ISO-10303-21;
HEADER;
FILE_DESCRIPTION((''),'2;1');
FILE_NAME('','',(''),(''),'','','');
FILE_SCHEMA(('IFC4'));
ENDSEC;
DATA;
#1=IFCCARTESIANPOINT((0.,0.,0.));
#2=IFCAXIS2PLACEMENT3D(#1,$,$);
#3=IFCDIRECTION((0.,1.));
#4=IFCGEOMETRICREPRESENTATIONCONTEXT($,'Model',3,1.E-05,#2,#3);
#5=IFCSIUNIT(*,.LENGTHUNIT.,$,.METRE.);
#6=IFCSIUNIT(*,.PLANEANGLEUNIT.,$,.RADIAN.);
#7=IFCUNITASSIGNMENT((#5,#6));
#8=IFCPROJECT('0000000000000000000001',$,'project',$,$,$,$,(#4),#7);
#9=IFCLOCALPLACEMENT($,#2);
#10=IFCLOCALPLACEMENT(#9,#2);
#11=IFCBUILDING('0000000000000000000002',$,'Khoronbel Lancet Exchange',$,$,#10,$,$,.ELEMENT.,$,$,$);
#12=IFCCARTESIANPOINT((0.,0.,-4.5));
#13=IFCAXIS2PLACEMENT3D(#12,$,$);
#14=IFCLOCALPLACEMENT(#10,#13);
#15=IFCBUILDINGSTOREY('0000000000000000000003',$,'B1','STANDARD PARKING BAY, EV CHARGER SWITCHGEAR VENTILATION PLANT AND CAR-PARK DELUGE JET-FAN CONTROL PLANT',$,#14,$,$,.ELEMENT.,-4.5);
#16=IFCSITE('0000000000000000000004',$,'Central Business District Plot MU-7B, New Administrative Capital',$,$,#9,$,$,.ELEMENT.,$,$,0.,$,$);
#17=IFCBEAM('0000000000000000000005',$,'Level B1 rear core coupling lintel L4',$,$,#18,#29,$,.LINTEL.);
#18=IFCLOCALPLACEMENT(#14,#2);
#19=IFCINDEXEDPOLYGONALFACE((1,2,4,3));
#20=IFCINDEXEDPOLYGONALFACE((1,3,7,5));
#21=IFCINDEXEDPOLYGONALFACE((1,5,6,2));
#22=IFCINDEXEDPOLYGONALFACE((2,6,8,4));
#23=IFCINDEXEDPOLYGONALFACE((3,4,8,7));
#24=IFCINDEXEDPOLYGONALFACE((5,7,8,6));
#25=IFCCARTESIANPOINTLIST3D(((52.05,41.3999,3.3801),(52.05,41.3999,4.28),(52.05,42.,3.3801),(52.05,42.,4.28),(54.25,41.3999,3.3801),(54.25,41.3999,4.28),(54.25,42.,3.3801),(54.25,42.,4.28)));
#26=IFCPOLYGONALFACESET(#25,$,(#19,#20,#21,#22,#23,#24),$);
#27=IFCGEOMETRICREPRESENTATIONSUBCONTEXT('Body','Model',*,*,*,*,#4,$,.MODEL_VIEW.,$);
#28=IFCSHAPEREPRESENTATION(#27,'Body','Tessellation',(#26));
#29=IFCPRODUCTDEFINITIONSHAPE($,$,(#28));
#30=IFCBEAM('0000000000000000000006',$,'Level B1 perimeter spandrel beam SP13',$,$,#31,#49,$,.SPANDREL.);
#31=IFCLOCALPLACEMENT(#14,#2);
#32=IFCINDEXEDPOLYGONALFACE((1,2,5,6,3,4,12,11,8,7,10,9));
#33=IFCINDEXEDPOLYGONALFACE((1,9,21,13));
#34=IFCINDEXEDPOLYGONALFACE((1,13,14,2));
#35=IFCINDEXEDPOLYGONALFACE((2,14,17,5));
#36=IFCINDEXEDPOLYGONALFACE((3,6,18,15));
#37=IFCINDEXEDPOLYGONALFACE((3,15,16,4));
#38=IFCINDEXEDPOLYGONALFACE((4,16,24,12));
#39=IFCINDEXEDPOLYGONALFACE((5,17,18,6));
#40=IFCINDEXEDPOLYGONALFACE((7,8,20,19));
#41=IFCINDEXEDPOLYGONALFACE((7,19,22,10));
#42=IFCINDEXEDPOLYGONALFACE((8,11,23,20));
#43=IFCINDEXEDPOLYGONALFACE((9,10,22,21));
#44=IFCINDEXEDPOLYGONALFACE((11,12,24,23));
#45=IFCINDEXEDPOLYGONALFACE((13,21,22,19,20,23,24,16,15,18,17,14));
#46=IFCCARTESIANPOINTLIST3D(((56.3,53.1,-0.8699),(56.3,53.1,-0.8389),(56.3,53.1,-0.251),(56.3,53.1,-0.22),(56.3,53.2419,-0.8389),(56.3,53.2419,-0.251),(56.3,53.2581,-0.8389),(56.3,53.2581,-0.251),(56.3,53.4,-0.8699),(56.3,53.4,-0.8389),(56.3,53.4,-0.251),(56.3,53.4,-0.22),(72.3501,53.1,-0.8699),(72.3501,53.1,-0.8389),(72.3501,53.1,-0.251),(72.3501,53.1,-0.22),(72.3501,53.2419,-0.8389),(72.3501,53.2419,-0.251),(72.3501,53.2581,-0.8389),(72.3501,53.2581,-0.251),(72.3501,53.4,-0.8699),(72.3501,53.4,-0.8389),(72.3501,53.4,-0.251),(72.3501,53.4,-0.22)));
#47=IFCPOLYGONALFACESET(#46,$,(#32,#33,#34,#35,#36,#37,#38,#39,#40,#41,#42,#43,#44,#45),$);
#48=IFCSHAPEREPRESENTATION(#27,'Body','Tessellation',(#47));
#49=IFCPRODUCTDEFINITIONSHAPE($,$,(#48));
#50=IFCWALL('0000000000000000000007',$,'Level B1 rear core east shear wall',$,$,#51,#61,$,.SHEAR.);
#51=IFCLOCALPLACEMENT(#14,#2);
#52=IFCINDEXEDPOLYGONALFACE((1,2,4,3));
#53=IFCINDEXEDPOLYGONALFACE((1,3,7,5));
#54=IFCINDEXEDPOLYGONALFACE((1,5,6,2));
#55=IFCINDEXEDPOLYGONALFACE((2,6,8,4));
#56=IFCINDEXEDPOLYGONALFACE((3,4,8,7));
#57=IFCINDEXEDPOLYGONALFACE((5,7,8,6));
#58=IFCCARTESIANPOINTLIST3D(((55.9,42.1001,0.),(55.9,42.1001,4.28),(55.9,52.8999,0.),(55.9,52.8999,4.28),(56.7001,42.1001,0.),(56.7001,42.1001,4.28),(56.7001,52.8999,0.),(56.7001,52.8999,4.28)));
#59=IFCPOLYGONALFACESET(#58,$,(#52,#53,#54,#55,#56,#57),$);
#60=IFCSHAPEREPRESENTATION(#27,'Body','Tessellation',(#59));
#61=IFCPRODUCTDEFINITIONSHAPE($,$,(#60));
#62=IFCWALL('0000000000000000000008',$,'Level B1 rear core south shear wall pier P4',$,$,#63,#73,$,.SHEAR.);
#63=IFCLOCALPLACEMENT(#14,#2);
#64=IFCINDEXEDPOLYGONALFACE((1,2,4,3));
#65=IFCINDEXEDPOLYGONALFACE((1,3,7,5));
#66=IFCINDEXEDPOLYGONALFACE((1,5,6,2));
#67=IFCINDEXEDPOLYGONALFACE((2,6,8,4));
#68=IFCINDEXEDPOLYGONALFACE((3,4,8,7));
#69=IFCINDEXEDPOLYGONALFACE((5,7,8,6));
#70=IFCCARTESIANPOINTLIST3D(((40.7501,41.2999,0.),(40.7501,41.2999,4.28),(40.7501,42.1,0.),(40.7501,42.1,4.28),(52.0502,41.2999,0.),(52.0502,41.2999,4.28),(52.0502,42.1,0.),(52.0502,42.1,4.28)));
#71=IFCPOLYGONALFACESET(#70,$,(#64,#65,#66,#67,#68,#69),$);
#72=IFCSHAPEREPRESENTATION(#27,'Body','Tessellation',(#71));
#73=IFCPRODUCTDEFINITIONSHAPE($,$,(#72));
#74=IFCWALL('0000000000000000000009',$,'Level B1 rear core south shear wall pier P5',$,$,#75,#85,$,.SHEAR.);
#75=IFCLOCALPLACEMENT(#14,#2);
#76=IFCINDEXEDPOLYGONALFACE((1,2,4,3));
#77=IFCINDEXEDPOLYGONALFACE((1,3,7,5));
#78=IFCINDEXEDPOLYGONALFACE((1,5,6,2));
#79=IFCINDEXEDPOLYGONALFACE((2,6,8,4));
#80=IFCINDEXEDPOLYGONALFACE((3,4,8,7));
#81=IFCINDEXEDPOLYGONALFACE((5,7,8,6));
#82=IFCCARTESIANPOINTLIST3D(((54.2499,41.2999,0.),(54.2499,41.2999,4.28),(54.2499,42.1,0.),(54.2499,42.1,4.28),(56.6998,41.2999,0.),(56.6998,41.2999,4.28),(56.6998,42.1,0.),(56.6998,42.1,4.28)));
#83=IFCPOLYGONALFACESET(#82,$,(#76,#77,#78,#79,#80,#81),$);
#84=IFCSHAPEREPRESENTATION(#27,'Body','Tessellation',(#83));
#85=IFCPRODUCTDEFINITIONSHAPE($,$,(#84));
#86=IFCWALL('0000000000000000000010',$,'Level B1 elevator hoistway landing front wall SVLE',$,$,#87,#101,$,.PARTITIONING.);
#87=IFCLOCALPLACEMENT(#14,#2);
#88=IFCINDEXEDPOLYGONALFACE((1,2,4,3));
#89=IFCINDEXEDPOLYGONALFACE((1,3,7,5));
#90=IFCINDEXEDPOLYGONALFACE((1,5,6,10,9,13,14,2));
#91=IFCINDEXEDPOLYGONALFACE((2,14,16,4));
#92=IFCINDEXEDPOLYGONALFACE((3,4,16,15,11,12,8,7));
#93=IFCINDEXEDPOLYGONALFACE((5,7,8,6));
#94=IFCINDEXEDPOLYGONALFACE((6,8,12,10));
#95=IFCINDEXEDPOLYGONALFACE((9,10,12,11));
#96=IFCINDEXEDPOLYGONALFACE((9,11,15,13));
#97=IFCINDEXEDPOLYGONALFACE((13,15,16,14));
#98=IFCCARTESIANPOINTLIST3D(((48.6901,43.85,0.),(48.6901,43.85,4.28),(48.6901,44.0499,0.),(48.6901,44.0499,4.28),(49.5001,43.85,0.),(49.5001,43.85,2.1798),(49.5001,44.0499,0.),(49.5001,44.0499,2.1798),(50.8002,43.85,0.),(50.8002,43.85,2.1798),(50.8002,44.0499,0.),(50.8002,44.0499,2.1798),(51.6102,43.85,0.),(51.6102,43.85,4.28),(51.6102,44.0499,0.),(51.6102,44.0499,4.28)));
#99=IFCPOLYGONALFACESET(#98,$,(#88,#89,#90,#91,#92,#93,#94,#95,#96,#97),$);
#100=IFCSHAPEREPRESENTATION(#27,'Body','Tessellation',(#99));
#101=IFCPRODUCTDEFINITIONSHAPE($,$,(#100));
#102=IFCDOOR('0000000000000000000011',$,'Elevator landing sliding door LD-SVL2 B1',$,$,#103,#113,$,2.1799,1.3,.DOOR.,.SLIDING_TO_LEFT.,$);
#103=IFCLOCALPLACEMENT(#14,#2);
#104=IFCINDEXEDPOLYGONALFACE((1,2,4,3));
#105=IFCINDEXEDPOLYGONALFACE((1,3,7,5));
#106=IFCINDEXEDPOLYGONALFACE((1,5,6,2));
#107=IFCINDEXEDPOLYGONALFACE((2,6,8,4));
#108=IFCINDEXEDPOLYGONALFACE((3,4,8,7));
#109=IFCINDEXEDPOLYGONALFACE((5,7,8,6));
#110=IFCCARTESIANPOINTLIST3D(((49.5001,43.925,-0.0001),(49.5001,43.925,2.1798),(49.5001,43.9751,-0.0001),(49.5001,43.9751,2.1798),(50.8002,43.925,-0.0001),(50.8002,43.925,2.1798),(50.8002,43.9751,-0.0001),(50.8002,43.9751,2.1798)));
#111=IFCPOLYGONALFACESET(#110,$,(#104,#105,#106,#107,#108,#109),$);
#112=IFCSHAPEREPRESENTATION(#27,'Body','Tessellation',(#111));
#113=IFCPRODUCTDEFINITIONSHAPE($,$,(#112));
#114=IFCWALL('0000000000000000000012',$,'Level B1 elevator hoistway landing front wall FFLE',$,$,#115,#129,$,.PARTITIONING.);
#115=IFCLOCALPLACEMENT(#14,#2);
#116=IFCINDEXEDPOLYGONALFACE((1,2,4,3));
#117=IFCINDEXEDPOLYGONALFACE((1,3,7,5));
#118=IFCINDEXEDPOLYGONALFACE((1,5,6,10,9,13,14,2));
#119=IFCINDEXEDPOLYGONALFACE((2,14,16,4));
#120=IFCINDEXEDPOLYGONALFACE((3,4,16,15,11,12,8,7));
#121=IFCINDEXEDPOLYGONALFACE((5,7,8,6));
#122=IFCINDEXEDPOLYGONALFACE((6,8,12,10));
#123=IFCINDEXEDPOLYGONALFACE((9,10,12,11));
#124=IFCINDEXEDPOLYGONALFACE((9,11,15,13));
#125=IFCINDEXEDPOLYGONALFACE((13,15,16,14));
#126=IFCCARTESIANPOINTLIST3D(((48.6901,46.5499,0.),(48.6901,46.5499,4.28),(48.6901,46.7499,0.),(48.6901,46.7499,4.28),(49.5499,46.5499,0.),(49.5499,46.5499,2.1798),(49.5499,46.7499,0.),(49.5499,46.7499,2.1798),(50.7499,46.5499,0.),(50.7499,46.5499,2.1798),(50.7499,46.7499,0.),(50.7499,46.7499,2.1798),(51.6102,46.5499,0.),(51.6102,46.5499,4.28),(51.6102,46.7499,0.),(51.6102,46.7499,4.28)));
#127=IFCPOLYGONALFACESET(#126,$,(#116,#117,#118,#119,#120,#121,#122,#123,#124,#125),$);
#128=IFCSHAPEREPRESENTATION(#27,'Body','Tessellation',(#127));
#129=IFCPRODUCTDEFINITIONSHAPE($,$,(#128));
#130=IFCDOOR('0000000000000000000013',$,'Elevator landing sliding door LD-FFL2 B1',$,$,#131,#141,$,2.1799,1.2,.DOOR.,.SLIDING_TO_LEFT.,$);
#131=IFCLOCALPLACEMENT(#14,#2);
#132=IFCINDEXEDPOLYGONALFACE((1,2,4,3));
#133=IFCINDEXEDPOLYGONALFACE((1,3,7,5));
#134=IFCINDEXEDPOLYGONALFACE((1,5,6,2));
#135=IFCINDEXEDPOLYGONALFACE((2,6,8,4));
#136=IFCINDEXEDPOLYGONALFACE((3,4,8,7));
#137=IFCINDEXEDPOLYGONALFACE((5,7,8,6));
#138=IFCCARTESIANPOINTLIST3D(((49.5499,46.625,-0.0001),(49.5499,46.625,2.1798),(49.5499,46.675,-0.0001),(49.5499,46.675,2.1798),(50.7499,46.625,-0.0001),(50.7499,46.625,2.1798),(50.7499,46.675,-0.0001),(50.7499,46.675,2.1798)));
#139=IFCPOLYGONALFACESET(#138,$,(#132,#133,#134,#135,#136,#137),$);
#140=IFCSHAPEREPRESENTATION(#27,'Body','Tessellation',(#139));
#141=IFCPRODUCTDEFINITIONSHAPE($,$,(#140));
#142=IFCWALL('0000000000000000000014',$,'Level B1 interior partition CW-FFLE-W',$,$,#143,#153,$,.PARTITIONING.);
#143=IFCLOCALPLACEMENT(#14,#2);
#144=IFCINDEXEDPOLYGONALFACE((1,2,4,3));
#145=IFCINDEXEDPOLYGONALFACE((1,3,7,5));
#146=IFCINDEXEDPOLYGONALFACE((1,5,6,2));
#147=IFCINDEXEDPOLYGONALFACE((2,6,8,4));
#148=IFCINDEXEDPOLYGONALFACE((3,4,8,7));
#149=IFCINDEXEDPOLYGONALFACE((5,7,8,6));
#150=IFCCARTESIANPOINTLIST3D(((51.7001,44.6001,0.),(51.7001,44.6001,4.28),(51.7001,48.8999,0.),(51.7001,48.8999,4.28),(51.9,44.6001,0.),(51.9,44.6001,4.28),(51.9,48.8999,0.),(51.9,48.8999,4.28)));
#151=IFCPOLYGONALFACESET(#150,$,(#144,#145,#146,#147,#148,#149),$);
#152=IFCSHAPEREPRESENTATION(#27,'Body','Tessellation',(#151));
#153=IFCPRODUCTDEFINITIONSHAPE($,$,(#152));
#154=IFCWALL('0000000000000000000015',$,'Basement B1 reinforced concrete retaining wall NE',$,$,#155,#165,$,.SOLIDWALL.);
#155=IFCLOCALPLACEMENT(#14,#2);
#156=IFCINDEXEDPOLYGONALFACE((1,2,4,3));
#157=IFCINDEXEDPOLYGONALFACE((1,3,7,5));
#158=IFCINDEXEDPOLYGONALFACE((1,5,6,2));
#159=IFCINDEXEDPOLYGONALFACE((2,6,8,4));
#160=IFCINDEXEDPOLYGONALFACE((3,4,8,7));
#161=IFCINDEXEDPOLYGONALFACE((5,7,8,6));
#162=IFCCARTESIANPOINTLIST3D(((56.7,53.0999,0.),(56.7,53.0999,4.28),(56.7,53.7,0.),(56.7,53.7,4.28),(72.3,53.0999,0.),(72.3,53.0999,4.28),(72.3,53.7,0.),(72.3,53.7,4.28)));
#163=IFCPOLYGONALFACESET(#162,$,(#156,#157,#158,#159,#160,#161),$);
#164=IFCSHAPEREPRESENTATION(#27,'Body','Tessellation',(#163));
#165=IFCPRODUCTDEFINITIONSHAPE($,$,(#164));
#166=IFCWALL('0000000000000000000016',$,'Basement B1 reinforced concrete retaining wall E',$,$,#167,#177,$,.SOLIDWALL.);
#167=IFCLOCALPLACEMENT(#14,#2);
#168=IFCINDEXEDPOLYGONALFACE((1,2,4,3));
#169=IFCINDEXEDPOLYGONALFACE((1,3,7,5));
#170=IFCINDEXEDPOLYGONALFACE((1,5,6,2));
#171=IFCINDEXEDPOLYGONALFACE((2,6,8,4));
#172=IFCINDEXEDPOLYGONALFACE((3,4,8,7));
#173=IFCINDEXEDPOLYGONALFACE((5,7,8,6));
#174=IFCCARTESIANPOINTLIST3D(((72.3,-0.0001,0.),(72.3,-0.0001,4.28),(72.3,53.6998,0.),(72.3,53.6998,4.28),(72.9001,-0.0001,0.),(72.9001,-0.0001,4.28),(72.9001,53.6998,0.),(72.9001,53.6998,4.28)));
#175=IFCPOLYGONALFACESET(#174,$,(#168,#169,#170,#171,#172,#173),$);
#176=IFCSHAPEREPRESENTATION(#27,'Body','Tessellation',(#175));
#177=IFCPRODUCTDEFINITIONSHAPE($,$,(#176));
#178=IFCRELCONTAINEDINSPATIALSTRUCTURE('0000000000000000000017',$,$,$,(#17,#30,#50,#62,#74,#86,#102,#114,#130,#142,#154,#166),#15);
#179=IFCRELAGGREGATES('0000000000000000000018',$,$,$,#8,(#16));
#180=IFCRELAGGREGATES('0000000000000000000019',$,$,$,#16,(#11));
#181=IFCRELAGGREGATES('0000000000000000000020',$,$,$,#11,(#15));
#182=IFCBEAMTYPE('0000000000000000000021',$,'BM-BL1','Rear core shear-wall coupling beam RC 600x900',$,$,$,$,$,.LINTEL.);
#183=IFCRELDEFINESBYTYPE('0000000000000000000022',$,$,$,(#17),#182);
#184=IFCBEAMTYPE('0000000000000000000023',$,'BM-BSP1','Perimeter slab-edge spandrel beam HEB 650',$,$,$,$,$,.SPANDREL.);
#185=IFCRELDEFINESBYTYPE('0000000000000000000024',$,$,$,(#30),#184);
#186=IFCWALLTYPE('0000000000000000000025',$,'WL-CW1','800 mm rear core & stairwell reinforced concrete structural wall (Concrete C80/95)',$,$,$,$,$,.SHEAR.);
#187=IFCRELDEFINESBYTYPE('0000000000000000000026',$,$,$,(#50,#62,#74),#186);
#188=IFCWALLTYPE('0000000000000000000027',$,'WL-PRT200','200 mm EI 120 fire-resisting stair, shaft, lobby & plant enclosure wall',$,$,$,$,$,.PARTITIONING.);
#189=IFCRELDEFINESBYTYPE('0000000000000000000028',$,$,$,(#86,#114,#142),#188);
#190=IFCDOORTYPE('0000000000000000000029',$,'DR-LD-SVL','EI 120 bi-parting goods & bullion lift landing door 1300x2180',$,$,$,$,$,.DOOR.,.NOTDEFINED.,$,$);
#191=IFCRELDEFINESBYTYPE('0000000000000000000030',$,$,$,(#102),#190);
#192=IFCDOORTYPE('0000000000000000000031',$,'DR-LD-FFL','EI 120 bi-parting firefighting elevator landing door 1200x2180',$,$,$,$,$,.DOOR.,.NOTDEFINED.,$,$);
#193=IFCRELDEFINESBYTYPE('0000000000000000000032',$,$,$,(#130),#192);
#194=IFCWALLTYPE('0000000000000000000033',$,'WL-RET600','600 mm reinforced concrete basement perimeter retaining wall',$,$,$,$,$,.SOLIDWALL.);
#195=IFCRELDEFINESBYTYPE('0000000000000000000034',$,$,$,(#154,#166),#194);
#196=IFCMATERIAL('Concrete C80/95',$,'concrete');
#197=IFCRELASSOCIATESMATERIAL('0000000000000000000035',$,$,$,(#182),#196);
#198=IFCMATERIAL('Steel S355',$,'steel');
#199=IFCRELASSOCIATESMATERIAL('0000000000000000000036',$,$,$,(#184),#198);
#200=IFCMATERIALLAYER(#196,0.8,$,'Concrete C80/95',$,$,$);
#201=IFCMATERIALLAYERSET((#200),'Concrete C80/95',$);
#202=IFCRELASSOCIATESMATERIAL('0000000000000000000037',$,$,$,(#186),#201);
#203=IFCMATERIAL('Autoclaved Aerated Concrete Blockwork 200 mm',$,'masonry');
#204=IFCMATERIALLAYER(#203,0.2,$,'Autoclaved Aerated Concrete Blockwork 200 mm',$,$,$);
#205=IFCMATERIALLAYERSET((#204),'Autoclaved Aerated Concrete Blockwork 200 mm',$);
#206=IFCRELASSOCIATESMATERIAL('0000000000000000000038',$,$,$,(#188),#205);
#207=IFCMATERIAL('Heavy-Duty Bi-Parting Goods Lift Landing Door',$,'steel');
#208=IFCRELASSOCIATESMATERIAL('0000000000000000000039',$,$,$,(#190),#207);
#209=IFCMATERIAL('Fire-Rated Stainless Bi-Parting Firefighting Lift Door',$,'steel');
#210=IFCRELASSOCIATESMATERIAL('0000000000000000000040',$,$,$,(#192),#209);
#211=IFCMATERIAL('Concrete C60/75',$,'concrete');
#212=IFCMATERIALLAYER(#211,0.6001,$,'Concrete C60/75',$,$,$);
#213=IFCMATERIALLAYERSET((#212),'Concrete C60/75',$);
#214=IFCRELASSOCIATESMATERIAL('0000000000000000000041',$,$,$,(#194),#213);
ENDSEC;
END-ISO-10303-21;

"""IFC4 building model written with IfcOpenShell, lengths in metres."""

from ifc_helpers import new_model, si_unit, direction, frame, frame_2d, origin, origin_2d, place, context, subcontext, project, spatial, rectangle, i_section, extrude, material, layer, layer_set, material_profile, profile_set, type_object, element, fill, save


model = new_model("IFC4")

# Units and contexts
model_context = context("Model", 3, precision=1e-05, world=origin(), true_north=direction((0.0, 1.0)))
body_context = subcontext(model_context, "Body", "Model", "MODEL_VIEW")
ifc_project = project(units=[si_unit("LENGTHUNIT", "METRE"), si_unit("PLANEANGLEUNIT", "RADIAN")], contexts=[model_context])

# Site, building, storey
site_placement = place(None, origin())
site = spatial("IfcSite", under=ifc_project, at=site_placement, Name="Central Business District Plot MU-7B, New Administrative Capital", CompositionType="ELEMENT", RefElevation=0.0)
building_placement = place(site_placement, origin())
building = spatial("IfcBuilding", under=site, at=building_placement, Name="Khoronbel Lancet Exchange", CompositionType="ELEMENT")
storey_placement = place(building_placement, frame((0.0, 0.0, -4.5)))
storey = spatial("IfcBuildingStorey", under=building, at=storey_placement, Name="B1", Description="STANDARD PARKING BAY, EV CHARGER SWITCHGEAR VENTILATION PLANT AND CAR-PARK DELUGE JET-FAN CONTROL PLANT", CompositionType="ELEMENT", Elevation=-4.5)

# Shared definitions
ifc_material_1 = material(Name="Steel S355", Category="steel")
ifc_material_2 = material(Name="Concrete C60/75", Category="concrete")

# Beams
ifc_material_3 = material(Name="Concrete C80/95", Category="concrete")
ifc_material_profile_1 = material_profile(ifc_material_3, rectangle(XDim=0.6001, YDim=0.8999, at=origin_2d()), Name="RC 600x900")
ifc_profile_set_1 = profile_set([ifc_material_profile_1], Name="Concrete C80/95")
beam_type_1 = type_object("IfcBeamType", Name="BM-BL1", Description="Rear core shear-wall coupling beam RC 600x900", PredefinedType="LINTEL", material=ifc_profile_set_1)
beam_1_placement = place(storey_placement, frame((52.05, 41.7, 3.8301), z_axis=(1.0, 0.0, 0.0), x_axis=(0.0, 1.0, 0.0)))
element("IfcBeam", 1, at=beam_1_placement, inside=storey, type_object=beam_type_1, Name="Level B1 rear core coupling lintel L4", PredefinedType="LINTEL", context=body_context, shape_type="SweptSolid", body=[
    extrude(rectangle(XDim=0.6001, YDim=0.8999, at=origin_2d()), origin(), (0.0, 0.0, 1.0), 2.2),
])
ifc_material_profile_2 = material_profile(ifc_material_1, i_section(OverallWidth=0.3, OverallDepth=0.6499, WebThickness=0.0161, FlangeThickness=0.031, at=origin_2d()), Name="HEB 650")
ifc_profile_set_2 = profile_set([ifc_material_profile_2], Name="Steel S355")
beam_type_2 = type_object("IfcBeamType", Name="BM-BSP1", Description="Perimeter slab-edge spandrel beam HEB 650", PredefinedType="SPANDREL", material=ifc_profile_set_2)
beam_2_placement = place(storey_placement, frame((72.3501, 53.25, -0.5449), z_axis=(-1.0, 0.0, 0.0), x_axis=(0.0, -1.0, 0.0)))
element("IfcBeam", 2, at=beam_2_placement, inside=storey, type_object=beam_type_2, Name="Level B1 perimeter spandrel beam SP13", PredefinedType="SPANDREL", context=body_context, shape_type="SweptSolid", body=[
    extrude(i_section(OverallWidth=0.3, OverallDepth=0.6499, WebThickness=0.0161, FlangeThickness=0.031, at=origin_2d()), origin(), (0.0, 0.0, 1.0), 16.05),
])

# Walls
ifc_layer_1 = layer(ifc_material_3, 0.8, Name="Concrete C80/95")
ifc_layer_set_1 = layer_set([ifc_layer_1], Name="Concrete C80/95")
wall_type_1 = type_object("IfcWallType", Name="WL-CW1", Description="800 mm rear core & stairwell reinforced concrete structural wall (Concrete C80/95)", PredefinedType="SHEAR", material=ifc_layer_set_1)
wall_1_placement = place(storey_placement, frame((56.3, 52.8999, 0.0), z_axis=(0.0, 0.0, 1.0), x_axis=(0.0, -1.0, 0.0)))
element("IfcWall", 3, at=wall_1_placement, inside=storey, type_object=wall_type_1, Name="Level B1 rear core east shear wall", PredefinedType="SHEAR", context=body_context, shape_type="SweptSolid", body=[
    extrude(rectangle(XDim=10.7998, YDim=0.8, at=frame_2d((5.3999, 0.0))), origin(), (0.0, 0.0, 1.0), 4.28),
])
wall_2_placement = place(storey_placement, frame((52.05, 41.7, 0.0), z_axis=(0.0, 0.0, 1.0), x_axis=(-1.0, 0.0, 0.0)))
element("IfcWall", 4, at=wall_2_placement, inside=storey, type_object=wall_type_1, Name="Level B1 rear core south shear wall pier P4", PredefinedType="SHEAR", context=body_context, shape_type="SweptSolid", body=[
    extrude(rectangle(XDim=11.3, YDim=0.8, at=frame_2d((5.6499, 0.0))), origin(), (0.0, 0.0, 1.0), 4.28),
])
wall_3_placement = place(storey_placement, frame((56.7, 41.7, 0.0), z_axis=(0.0, 0.0, 1.0), x_axis=(-1.0, 0.0, 0.0)))
element("IfcWall", 5, at=wall_3_placement, inside=storey, type_object=wall_type_1, Name="Level B1 rear core south shear wall pier P5", PredefinedType="SHEAR", context=body_context, shape_type="SweptSolid", body=[
    extrude(rectangle(XDim=2.45, YDim=0.8, at=frame_2d((1.2251, 0.0))), origin(), (0.0, 0.0, 1.0), 4.28),
])

# Walls, openings, doors
ifc_material_4 = material(Name="Autoclaved Aerated Concrete Blockwork 200 mm", Category="masonry")
ifc_layer_2 = layer(ifc_material_4, 0.2, Name="Autoclaved Aerated Concrete Blockwork 200 mm")
ifc_layer_set_2 = layer_set([ifc_layer_2], Name="Autoclaved Aerated Concrete Blockwork 200 mm")
wall_type_2 = type_object("IfcWallType", Name="WL-PRT200", Description="200 mm EI 120 fire-resisting stair, shaft, lobby & plant enclosure wall", PredefinedType="PARTITIONING", material=ifc_layer_set_2)
wall_4_placement = place(storey_placement, frame((51.6101, 43.95, 0.0), z_axis=(0.0, 0.0, 1.0), x_axis=(-1.0, 0.0, 0.0)))
wall_4 = element("IfcWall", 6, at=wall_4_placement, inside=storey, type_object=wall_type_2, Name="Level B1 elevator hoistway landing front wall SVLE", PredefinedType="PARTITIONING", context=body_context, shape_type="SweptSolid", body=[
    extrude(rectangle(XDim=2.9202, YDim=0.2, at=frame_2d((1.46, 0.0))), origin(), (0.0, 0.0, 1.0), 4.28),
])
opening_1_placement = place(wall_4_placement, frame((0.8101, 0.0, 0.0)))
opening_1 = element("IfcOpeningElement", 7, at=opening_1_placement, cuts=wall_4, PredefinedType="OPENING", context=body_context, shape_type="SweptSolid", body=[
    extrude(rectangle(XDim=1.3, YDim=2.1799, at=frame_2d((0.6499, 1.0898))), frame((0.0, 0.1099, 0.0), z_axis=(0.0, -1.0, 0.0), x_axis=(1.0, 0.0, 0.0)), (0.0, 0.0, 1.0), 0.22),
])
ifc_material_5 = material(Name="Heavy-Duty Bi-Parting Goods Lift Landing Door", Category="steel")
door_type_1 = type_object("IfcDoorType", Name="DR-LD-SVL", Description="EI 120 bi-parting goods & bullion lift landing door 1300x2180", OperationType="NOTDEFINED", PredefinedType="DOOR", material=ifc_material_5)
door_1_placement = place(opening_1_placement, origin())
door_1 = element("IfcDoor", 8, at=door_1_placement, inside=storey, type_object=door_type_1, Name="Elevator landing sliding door LD-SVL2 B1", OperationType="SLIDING_TO_LEFT", OverallHeight=2.1799, OverallWidth=1.3, PredefinedType="DOOR", context=body_context, shape_type="SweptSolid", body=[
    extrude(rectangle(XDim=1.3, YDim=2.1799, at=frame_2d((0.6499, 1.0898))), frame((0.0, 0.0249, 0.0), z_axis=(0.0, -1.0, 0.0), x_axis=(1.0, 0.0, 0.0)), (0.0, 0.0, 1.0), 0.05),
])
fill(opening_1, door_1)
wall_5_placement = place(storey_placement, frame((51.6101, 46.6499, 0.0), z_axis=(0.0, 0.0, 1.0), x_axis=(-1.0, 0.0, 0.0)))
wall_5 = element("IfcWall", 9, at=wall_5_placement, inside=storey, type_object=wall_type_2, Name="Level B1 elevator hoistway landing front wall FFLE", PredefinedType="PARTITIONING", context=body_context, shape_type="SweptSolid", body=[
    extrude(rectangle(XDim=2.9202, YDim=0.2, at=frame_2d((1.46, 0.0))), origin(), (0.0, 0.0, 1.0), 4.28),
])
opening_2_placement = place(wall_5_placement, frame((0.8601, 0.0, 0.0)))
opening_2 = element("IfcOpeningElement", 10, at=opening_2_placement, cuts=wall_5, PredefinedType="OPENING", context=body_context, shape_type="SweptSolid", body=[
    extrude(rectangle(XDim=1.2, YDim=2.1799, at=frame_2d((0.6001, 1.0898))), frame((0.0, 0.1099, 0.0), z_axis=(0.0, -1.0, 0.0), x_axis=(1.0, 0.0, 0.0)), (0.0, 0.0, 1.0), 0.22),
])
ifc_material_6 = material(Name="Fire-Rated Stainless Bi-Parting Firefighting Lift Door", Category="steel")
door_type_2 = type_object("IfcDoorType", Name="DR-LD-FFL", Description="EI 120 bi-parting firefighting elevator landing door 1200x2180", OperationType="NOTDEFINED", PredefinedType="DOOR", material=ifc_material_6)
door_2_placement = place(opening_2_placement, origin())
door_2 = element("IfcDoor", 11, at=door_2_placement, inside=storey, type_object=door_type_2, Name="Elevator landing sliding door LD-FFL2 B1", OperationType="SLIDING_TO_LEFT", OverallHeight=2.1799, OverallWidth=1.2, PredefinedType="DOOR", context=body_context, shape_type="SweptSolid", body=[
    extrude(rectangle(XDim=1.2, YDim=2.1799, at=frame_2d((0.6001, 1.0898))), frame((0.0, 0.0249, 0.0), z_axis=(0.0, -1.0, 0.0), x_axis=(1.0, 0.0, 0.0)), (0.0, 0.0, 1.0), 0.05),
])
fill(opening_2, door_2)

# Wall
wall_6_placement = place(storey_placement, frame((51.8, 44.6001, 0.0), z_axis=(0.0, 0.0, 1.0), x_axis=(0.0, 1.0, 0.0)))
element("IfcWall", 12, at=wall_6_placement, inside=storey, type_object=wall_type_2, Name="Level B1 interior partition CW-FFLE-W", PredefinedType="PARTITIONING", context=body_context, shape_type="SweptSolid", body=[
    extrude(rectangle(XDim=4.2998, YDim=0.2, at=frame_2d((2.1499, 0.0))), origin(), (0.0, 0.0, 1.0), 4.28),
])

# Walls
ifc_layer_3 = layer(ifc_material_2, 0.6001, Name="Concrete C60/75")
ifc_layer_set_3 = layer_set([ifc_layer_3], Name="Concrete C60/75")
wall_type_3 = type_object("IfcWallType", Name="WL-RET600", Description="600 mm reinforced concrete basement perimeter retaining wall", PredefinedType="SOLIDWALL", material=ifc_layer_set_3)
wall_7_placement = place(storey_placement, frame((56.7, 53.3999, 0.0), z_axis=(0.0, 0.0, 1.0), x_axis=(1.0, 0.0, 0.0)))
element("IfcWall", 13, at=wall_7_placement, inside=storey, type_object=wall_type_3, Name="Basement B1 reinforced concrete retaining wall NE", PredefinedType="SOLIDWALL", context=body_context, shape_type="SweptSolid", body=[
    extrude(rectangle(XDim=15.6001, YDim=0.6001, at=frame_2d((7.8, 0.0))), origin(), (0.0, 0.0, 1.0), 4.28),
])
wall_8_placement = place(storey_placement, frame((72.6001, 53.7, 0.0), z_axis=(0.0, 0.0, 1.0), x_axis=(0.0, -1.0, 0.0)))
element("IfcWall", 14, at=wall_8_placement, inside=storey, type_object=wall_type_3, Name="Basement B1 reinforced concrete retaining wall E", PredefinedType="SOLIDWALL", context=body_context, shape_type="SweptSolid", body=[
    extrude(rectangle(XDim=53.7, YDim=0.6001, at=frame_2d((26.8501, 0.0))), origin(), (0.0, 0.0, 1.0), 4.28),
])

save(model, "model.ifc")
